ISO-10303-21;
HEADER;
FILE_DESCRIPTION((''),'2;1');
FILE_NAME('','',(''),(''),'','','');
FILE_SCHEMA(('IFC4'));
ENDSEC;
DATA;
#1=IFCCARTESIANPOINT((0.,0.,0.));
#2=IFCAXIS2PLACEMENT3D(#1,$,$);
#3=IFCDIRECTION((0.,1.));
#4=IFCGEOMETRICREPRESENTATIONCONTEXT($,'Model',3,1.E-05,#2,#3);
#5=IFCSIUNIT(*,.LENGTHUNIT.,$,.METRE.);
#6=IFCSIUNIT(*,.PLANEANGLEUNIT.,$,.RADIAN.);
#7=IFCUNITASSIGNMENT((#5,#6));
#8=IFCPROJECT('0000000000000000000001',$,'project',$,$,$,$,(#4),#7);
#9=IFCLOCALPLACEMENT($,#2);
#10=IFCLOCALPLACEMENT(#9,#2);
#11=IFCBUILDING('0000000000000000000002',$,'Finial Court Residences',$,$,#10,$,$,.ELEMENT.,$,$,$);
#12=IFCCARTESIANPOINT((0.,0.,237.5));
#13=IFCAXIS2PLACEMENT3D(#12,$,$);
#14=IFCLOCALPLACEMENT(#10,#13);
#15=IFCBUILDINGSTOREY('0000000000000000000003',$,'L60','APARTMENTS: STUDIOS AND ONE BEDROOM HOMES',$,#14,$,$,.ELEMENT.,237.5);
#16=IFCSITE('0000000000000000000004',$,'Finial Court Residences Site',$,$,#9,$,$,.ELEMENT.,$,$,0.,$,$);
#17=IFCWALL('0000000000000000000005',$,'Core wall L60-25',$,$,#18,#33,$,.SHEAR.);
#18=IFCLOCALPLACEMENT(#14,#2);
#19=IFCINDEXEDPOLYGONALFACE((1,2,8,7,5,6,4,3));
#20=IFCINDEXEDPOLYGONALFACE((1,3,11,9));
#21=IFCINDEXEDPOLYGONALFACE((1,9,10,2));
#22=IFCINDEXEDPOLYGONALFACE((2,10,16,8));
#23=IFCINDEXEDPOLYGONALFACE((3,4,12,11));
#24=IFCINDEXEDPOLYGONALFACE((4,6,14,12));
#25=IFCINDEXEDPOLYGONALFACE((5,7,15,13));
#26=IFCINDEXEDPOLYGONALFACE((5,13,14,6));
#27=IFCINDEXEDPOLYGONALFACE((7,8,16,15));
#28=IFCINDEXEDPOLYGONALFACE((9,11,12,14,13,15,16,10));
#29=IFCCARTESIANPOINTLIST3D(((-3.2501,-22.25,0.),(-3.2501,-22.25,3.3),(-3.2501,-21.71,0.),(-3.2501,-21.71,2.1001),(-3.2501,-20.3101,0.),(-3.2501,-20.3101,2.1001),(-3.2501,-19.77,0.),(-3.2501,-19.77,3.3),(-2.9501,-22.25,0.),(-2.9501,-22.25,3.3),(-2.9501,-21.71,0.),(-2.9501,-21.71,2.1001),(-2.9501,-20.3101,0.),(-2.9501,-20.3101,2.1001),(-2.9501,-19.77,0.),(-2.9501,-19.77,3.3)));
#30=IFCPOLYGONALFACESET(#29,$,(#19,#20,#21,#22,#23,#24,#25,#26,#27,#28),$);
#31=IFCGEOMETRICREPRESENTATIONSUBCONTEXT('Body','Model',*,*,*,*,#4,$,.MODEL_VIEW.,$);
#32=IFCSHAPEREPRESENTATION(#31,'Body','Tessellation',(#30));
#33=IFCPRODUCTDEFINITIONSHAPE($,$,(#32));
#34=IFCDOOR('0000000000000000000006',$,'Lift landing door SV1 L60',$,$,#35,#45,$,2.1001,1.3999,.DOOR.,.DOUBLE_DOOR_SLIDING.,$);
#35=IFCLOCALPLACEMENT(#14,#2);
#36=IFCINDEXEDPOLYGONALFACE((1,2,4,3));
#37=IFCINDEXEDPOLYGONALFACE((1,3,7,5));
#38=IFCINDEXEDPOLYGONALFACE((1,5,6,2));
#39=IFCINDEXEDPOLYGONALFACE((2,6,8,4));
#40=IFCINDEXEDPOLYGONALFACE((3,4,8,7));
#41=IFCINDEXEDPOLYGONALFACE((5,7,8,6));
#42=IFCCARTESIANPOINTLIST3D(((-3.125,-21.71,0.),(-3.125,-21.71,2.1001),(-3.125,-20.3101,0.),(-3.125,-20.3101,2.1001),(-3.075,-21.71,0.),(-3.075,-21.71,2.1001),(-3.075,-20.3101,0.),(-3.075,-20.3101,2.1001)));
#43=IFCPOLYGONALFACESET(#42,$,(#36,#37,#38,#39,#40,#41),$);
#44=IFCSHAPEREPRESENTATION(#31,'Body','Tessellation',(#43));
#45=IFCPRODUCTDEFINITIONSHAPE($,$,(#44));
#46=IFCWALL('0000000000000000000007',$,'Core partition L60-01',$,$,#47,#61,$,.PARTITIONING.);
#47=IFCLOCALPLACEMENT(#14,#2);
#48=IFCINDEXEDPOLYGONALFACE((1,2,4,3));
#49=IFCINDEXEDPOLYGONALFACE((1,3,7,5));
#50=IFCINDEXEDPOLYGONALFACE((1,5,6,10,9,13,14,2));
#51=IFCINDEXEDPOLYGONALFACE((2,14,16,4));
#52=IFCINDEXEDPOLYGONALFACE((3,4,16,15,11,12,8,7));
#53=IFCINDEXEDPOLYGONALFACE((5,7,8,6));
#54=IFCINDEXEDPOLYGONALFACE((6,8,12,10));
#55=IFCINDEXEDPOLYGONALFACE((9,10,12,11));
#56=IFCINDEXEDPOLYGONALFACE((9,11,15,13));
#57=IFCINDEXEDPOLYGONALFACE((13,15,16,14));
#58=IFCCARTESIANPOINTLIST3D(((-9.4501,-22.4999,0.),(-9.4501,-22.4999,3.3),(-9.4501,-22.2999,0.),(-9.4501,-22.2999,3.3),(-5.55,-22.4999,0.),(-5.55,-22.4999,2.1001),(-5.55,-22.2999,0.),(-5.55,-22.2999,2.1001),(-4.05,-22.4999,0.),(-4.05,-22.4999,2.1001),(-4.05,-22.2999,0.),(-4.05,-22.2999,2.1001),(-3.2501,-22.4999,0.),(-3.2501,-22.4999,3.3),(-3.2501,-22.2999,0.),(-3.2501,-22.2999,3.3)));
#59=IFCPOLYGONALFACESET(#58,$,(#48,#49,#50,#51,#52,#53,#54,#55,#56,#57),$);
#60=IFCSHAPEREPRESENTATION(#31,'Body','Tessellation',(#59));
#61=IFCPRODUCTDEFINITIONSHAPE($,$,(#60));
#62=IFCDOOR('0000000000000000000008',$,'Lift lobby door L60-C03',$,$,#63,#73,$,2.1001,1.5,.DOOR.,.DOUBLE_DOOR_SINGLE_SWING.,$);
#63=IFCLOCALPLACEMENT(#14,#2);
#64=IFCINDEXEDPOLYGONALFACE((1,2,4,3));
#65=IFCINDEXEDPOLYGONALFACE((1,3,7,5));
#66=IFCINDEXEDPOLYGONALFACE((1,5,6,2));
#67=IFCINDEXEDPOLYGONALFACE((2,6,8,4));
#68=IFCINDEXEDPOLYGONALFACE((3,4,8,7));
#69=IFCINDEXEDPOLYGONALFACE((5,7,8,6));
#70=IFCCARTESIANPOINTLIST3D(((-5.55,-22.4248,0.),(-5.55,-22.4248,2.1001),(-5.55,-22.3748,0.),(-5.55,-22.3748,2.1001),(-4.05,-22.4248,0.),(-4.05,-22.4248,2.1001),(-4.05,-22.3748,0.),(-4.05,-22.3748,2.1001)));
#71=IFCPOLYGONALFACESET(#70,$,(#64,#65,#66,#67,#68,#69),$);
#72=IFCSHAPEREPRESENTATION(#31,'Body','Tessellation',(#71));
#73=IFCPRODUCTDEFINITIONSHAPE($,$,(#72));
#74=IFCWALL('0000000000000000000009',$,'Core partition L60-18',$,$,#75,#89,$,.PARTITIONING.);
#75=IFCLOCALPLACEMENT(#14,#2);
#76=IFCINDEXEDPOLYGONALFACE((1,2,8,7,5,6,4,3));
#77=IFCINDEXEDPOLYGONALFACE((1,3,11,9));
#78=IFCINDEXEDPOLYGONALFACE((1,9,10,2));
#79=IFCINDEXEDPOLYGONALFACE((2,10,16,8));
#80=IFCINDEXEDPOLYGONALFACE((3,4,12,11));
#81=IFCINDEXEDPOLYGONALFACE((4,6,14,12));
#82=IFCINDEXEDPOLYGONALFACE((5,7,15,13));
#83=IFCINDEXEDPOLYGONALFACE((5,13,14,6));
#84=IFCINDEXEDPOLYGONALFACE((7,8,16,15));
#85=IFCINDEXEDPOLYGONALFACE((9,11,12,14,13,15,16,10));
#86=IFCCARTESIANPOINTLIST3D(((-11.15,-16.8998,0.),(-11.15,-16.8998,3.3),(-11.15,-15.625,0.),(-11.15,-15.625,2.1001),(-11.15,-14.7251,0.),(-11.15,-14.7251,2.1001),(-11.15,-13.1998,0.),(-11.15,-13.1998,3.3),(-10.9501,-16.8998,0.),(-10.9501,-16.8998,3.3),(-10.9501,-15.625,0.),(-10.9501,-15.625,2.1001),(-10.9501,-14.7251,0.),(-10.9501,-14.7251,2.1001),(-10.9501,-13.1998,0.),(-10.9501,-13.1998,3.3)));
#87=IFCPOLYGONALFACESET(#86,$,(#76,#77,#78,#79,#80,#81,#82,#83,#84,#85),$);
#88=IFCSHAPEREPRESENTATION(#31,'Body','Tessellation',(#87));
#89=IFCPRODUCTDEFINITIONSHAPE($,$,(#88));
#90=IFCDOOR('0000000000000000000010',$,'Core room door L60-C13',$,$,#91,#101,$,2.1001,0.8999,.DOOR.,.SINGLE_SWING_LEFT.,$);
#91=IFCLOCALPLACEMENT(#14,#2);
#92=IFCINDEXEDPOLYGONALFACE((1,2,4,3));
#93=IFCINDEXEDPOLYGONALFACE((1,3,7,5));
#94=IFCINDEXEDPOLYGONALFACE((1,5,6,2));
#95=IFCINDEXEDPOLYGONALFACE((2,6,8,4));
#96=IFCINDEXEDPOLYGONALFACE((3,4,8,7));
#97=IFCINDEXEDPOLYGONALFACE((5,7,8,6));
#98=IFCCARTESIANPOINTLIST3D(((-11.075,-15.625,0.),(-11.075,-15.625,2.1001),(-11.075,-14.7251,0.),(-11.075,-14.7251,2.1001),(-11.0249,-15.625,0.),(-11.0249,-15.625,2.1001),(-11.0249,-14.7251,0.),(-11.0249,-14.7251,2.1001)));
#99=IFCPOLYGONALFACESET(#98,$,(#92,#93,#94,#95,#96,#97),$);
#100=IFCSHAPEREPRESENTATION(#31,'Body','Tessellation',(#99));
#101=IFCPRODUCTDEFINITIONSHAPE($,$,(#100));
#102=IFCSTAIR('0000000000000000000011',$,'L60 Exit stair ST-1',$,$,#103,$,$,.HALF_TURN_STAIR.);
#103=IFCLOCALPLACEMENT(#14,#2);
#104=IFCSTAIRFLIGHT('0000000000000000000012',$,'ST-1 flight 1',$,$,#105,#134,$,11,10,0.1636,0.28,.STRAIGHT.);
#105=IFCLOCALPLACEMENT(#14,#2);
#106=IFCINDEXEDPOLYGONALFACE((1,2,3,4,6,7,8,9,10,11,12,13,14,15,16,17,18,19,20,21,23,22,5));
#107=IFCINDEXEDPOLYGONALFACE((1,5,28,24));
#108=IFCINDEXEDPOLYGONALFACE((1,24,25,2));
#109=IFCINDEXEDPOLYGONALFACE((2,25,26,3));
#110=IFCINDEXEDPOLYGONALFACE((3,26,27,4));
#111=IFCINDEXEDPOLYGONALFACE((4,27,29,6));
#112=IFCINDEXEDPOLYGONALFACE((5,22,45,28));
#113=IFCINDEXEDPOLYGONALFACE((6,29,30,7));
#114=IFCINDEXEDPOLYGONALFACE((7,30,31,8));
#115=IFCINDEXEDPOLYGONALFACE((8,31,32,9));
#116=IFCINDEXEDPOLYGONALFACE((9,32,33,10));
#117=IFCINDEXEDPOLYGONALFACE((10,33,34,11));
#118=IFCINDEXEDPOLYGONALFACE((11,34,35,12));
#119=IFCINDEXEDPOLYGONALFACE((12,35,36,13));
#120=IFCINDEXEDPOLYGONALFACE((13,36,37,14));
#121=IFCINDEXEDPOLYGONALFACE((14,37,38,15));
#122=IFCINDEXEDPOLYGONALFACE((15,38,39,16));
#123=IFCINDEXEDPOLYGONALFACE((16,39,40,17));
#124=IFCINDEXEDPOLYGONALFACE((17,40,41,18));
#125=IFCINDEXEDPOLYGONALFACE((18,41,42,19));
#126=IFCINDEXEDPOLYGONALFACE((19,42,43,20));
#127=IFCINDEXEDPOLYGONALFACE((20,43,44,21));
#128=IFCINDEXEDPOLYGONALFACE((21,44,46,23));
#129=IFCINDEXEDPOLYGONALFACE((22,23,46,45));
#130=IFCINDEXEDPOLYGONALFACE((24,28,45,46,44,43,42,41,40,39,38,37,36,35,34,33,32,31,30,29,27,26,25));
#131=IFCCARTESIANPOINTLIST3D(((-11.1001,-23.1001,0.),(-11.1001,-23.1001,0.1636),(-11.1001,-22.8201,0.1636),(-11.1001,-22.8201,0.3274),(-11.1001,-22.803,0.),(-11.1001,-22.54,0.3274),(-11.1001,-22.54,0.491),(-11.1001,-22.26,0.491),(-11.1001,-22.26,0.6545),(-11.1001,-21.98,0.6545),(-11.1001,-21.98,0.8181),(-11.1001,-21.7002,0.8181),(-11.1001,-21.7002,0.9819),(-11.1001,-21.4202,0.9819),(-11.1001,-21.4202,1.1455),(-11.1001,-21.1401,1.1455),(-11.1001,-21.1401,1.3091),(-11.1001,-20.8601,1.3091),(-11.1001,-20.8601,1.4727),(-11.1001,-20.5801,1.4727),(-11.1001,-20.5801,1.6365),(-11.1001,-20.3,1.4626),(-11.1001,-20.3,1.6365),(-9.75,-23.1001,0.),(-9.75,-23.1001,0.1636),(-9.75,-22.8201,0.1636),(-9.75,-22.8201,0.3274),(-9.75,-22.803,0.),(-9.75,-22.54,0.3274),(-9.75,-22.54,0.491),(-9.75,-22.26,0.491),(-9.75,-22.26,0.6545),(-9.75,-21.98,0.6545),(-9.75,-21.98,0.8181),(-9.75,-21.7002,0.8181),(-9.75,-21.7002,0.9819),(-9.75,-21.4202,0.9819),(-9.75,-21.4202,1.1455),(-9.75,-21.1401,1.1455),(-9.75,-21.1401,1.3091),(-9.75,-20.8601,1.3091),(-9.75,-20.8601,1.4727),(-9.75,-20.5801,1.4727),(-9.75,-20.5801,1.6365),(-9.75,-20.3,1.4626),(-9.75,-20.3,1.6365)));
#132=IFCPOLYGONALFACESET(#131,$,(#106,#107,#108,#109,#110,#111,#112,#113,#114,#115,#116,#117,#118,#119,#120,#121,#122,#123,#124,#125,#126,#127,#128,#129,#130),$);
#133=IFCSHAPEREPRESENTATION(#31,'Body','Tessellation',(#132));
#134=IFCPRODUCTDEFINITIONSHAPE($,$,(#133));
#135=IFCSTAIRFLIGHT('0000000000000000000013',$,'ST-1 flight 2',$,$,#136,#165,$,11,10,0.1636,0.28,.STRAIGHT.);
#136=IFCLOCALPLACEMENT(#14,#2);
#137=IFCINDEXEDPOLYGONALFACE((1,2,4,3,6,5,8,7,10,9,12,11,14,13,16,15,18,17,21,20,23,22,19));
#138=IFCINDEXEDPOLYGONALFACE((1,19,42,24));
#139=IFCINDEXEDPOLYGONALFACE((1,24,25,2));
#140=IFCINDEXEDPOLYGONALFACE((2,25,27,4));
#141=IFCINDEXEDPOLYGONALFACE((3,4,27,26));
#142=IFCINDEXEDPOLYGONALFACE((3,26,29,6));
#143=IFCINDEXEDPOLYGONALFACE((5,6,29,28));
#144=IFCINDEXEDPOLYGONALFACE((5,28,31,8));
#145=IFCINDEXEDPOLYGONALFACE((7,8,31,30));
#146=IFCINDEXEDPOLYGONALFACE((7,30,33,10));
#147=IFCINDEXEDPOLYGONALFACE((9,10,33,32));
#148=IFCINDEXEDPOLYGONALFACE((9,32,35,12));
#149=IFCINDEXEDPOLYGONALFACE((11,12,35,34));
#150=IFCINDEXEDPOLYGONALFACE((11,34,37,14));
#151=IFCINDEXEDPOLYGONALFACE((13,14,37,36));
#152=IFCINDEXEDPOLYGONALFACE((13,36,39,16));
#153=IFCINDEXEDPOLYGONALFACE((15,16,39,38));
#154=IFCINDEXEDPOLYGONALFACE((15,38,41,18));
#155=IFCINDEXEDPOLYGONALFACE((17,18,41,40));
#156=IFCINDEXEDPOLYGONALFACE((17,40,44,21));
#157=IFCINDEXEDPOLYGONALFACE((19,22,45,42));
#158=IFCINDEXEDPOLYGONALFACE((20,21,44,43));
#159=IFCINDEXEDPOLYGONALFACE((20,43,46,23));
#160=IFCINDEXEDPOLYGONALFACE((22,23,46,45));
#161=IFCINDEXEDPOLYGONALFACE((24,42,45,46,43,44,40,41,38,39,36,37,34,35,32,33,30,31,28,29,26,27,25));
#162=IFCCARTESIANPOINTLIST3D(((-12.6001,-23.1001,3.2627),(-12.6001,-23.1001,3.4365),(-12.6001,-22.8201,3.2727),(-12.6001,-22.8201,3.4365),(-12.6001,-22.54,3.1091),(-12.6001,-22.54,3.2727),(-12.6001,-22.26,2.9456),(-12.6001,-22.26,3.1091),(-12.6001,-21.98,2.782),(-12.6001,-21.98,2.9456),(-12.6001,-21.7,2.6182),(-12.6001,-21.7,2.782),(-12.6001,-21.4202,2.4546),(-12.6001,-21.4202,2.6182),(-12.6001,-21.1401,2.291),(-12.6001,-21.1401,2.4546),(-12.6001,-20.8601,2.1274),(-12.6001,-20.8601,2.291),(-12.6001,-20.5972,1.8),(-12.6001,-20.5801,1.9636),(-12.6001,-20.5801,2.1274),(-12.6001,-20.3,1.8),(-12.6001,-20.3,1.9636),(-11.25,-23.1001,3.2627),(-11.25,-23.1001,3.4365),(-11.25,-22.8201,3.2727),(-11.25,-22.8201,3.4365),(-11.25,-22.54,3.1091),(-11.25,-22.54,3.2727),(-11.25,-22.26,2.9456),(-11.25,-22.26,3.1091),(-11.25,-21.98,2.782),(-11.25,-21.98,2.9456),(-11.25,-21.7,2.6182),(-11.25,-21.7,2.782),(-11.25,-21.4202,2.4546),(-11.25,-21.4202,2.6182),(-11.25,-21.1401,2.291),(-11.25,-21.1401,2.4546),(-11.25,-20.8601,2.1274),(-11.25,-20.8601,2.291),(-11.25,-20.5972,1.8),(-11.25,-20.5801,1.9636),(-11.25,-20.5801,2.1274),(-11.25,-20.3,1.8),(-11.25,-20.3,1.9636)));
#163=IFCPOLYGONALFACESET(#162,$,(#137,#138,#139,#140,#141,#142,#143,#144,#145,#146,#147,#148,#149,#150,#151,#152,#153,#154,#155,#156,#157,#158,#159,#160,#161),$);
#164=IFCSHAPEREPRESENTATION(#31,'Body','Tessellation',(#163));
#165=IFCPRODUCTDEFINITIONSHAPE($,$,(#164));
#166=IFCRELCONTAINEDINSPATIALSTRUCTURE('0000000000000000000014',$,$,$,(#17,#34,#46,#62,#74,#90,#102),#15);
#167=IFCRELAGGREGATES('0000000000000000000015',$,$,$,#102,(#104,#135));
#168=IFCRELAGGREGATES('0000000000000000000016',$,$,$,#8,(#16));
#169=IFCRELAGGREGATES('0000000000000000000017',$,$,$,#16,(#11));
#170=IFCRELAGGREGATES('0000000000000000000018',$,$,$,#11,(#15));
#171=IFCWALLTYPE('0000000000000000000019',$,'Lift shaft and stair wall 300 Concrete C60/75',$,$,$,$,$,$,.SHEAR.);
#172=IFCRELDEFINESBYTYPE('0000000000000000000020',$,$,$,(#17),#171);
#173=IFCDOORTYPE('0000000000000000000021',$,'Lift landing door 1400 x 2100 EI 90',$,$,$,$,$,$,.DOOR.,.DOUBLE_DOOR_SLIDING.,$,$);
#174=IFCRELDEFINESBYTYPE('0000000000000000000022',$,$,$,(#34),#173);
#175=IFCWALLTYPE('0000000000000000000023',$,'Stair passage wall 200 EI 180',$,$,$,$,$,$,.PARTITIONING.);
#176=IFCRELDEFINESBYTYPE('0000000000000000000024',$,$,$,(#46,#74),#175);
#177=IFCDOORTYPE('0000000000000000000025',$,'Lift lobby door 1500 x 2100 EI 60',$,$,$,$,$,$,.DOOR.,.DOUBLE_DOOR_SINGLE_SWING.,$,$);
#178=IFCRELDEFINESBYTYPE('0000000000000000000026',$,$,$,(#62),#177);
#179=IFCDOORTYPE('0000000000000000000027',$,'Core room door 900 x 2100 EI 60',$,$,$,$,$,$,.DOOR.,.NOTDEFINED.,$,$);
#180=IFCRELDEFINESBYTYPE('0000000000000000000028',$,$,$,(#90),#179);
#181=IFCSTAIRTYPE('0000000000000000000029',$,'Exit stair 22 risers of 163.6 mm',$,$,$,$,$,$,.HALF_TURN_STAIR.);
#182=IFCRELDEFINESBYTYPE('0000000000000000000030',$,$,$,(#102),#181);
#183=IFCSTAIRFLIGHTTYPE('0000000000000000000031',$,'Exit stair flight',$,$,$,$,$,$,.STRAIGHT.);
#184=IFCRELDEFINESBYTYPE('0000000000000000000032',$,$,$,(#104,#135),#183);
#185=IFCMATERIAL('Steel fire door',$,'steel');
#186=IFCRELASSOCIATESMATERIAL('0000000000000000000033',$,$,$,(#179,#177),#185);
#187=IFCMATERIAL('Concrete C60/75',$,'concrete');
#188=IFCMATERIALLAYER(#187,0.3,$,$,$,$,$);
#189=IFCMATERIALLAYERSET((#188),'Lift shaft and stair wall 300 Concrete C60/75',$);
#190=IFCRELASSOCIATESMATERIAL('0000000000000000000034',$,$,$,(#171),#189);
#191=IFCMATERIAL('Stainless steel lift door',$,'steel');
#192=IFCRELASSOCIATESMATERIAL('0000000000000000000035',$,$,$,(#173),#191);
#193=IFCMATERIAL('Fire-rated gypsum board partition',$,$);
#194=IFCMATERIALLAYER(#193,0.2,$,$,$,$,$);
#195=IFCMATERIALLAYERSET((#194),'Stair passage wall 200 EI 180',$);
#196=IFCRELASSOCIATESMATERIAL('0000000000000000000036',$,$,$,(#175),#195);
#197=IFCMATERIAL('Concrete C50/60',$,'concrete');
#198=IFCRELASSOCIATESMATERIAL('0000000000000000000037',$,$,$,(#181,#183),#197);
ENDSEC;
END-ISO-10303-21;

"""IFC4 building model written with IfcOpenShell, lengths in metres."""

from ifc_helpers import new_model, si_unit, direction, frame, frame_2d, origin, place, context, subcontext, project, spatial, polyline, rectangle, outline, extrude, material, layer, layer_set, type_object, element, fill, aggregate, save


model = new_model("IFC4")

# Units and contexts
model_context = context("Model", 3, precision=1e-05, world=origin(), true_north=direction((0.0, 1.0)))
body_context = subcontext(model_context, "Body", "Model", "MODEL_VIEW")
ifc_project = project(units=[si_unit("LENGTHUNIT", "METRE"), si_unit("PLANEANGLEUNIT", "RADIAN")], contexts=[model_context])

# Site, building, storey
site_placement = place(None, origin())
site = spatial("IfcSite", under=ifc_project, at=site_placement, Name="Finial Court Residences Site", CompositionType="ELEMENT", RefElevation=0.0)
building_placement = place(site_placement, origin())
building = spatial("IfcBuilding", under=site, at=building_placement, Name="Finial Court Residences", CompositionType="ELEMENT")
storey_placement = place(building_placement, frame((0.0, 0.0, 237.5)))
storey = spatial("IfcBuildingStorey", under=building, at=storey_placement, Name="L60", Description="APARTMENTS: STUDIOS AND ONE BEDROOM HOMES", CompositionType="ELEMENT", Elevation=237.5)

# Shared definitions
ifc_material_1 = material(Name="Concrete C60/75", Category="concrete")

# Shared definitions
ifc_material_2 = material(Name="Fire-rated gypsum board partition")
ifc_material_3 = material(Name="Steel fire door", Category="steel")
door_type_1 = type_object("IfcDoorType", Name="Core room door 900 x 2100 EI 60", OperationType="NOTDEFINED", PredefinedType="DOOR", material=ifc_material_3)

# Shared definitions
ifc_layer_1 = layer(ifc_material_1, 0.3)
ifc_layer_set_1 = layer_set([ifc_layer_1], Name="Lift shaft and stair wall 300 Concrete C60/75")
wall_type_1 = type_object("IfcWallType", Name="Lift shaft and stair wall 300 Concrete C60/75", PredefinedType="SHEAR", material=ifc_layer_set_1)

# Walls, openings, doors
wall_1_placement = place(storey_placement, frame((-3.1001, -22.25, 0.0), z_axis=(0.0, 0.0, 1.0), x_axis=(0.0, 1.0, 0.0)))
wall_1 = element("IfcWall", 1, at=wall_1_placement, inside=storey, type_object=wall_type_1, Name="Core wall L60-25", PredefinedType="SHEAR", context=body_context, shape_type="SweptSolid", body=[
    extrude(rectangle(XDim=2.48, YDim=0.3, at=frame_2d((1.24, 0.0))), origin(), (0.0, 0.0, 1.0), 3.3),
])
opening_1_placement = place(wall_1_placement, frame((0.54, 0.0, 0.0)))
opening_1 = element("IfcOpeningElement", 2, at=opening_1_placement, cuts=wall_1, PredefinedType="OPENING", context=body_context, shape_type="SweptSolid", body=[
    extrude(rectangle(XDim=1.3999, YDim=2.1001, at=frame_2d((0.7, 1.05))), frame((0.0, 0.1599, 0.0), z_axis=(0.0, -1.0, 0.0), x_axis=(1.0, 0.0, 0.0)), (0.0, 0.0, 1.0), 0.3201),
])
ifc_material_4 = material(Name="Stainless steel lift door", Category="steel")
door_type_2 = type_object("IfcDoorType", Name="Lift landing door 1400 x 2100 EI 90", OperationType="DOUBLE_DOOR_SLIDING", PredefinedType="DOOR", material=ifc_material_4)
door_1_placement = place(opening_1_placement, origin())
door_1 = element("IfcDoor", 3, at=door_1_placement, inside=storey, type_object=door_type_2, Name="Lift landing door SV1 L60", OperationType="DOUBLE_DOOR_SLIDING", OverallHeight=2.1001, OverallWidth=1.3999, PredefinedType="DOOR", context=body_context, shape_type="SweptSolid", body=[
    extrude(rectangle(XDim=1.3999, YDim=2.1001, at=frame_2d((0.7, 1.05))), frame((0.0, 0.0249, 0.0), z_axis=(0.0, -1.0, 0.0), x_axis=(1.0, 0.0, 0.0)), (0.0, 0.0, 1.0), 0.05),
])
fill(opening_1, door_1)
ifc_layer_2 = layer(ifc_material_2, 0.2)
ifc_layer_set_2 = layer_set([ifc_layer_2], Name="Stair passage wall 200 EI 180")
wall_type_2 = type_object("IfcWallType", Name="Stair passage wall 200 EI 180", PredefinedType="PARTITIONING", material=ifc_layer_set_2)
wall_2_placement = place(storey_placement, frame((-3.25, -22.3999, 0.0), z_axis=(0.0, 0.0, 1.0), x_axis=(-1.0, 0.0, 0.0)))
wall_2 = element("IfcWall", 4, at=wall_2_placement, inside=storey, type_object=wall_type_2, Name="Core partition L60-01", PredefinedType="PARTITIONING", context=body_context, shape_type="SweptSolid", body=[
    extrude(rectangle(XDim=6.2, YDim=0.2, at=frame_2d((3.1001, 0.0))), origin(), (0.0, 0.0, 1.0), 3.3),
])
opening_2_placement = place(wall_2_placement, frame((0.8, 0.0, 0.0)))
opening_2 = element("IfcOpeningElement", 5, at=opening_2_placement, cuts=wall_2, PredefinedType="OPENING", context=body_context, shape_type="SweptSolid", body=[
    extrude(rectangle(XDim=1.5, YDim=2.1001, at=frame_2d((0.75, 1.05))), frame((0.0, 0.1099, 0.0), z_axis=(0.0, -1.0, 0.0), x_axis=(1.0, 0.0, 0.0)), (0.0, 0.0, 1.0), 0.22),
])
door_type_3 = type_object("IfcDoorType", Name="Lift lobby door 1500 x 2100 EI 60", OperationType="DOUBLE_DOOR_SINGLE_SWING", PredefinedType="DOOR", material=ifc_material_3)
door_2_placement = place(opening_2_placement, origin())
door_2 = element("IfcDoor", 6, at=door_2_placement, inside=storey, type_object=door_type_3, Name="Lift lobby door L60-C03", OperationType="DOUBLE_DOOR_SINGLE_SWING", OverallHeight=2.1001, OverallWidth=1.5, PredefinedType="DOOR", context=body_context, shape_type="SweptSolid", body=[
    extrude(rectangle(XDim=1.5, YDim=2.1001, at=frame_2d((0.75, 1.05))), frame((0.0, 0.0249, 0.0), z_axis=(0.0, -1.0, 0.0), x_axis=(1.0, 0.0, 0.0)), (0.0, 0.0, 1.0), 0.05),
])
fill(opening_2, door_2)
wall_3_placement = place(storey_placement, frame((-11.05, -16.8999, 0.0), z_axis=(0.0, 0.0, 1.0), x_axis=(0.0, 1.0, 0.0)))
wall_3 = element("IfcWall", 7, at=wall_3_placement, inside=storey, type_object=wall_type_2, Name="Core partition L60-18", PredefinedType="PARTITIONING", context=body_context, shape_type="SweptSolid", body=[
    extrude(rectangle(XDim=3.7, YDim=0.2, at=frame_2d((1.8501, 0.0))), origin(), (0.0, 0.0, 1.0), 3.3),
])
opening_3_placement = place(wall_3_placement, frame((1.2749, 0.0, 0.0)))
opening_3 = element("IfcOpeningElement", 8, at=opening_3_placement, cuts=wall_3, PredefinedType="OPENING", context=body_context, shape_type="SweptSolid", body=[
    extrude(rectangle(XDim=0.8999, YDim=2.1001, at=frame_2d((0.45, 1.05))), frame((0.0, 0.1099, 0.0), z_axis=(0.0, -1.0, 0.0), x_axis=(1.0, 0.0, 0.0)), (0.0, 0.0, 1.0), 0.22),
])
door_3_placement = place(opening_3_placement, origin())
door_3 = element("IfcDoor", 9, at=door_3_placement, inside=storey, type_object=door_type_1, Name="Core room door L60-C13", OperationType="SINGLE_SWING_LEFT", OverallHeight=2.1001, OverallWidth=0.8999, PredefinedType="DOOR", context=body_context, shape_type="SweptSolid", body=[
    extrude(rectangle(XDim=0.8999, YDim=2.1001, at=frame_2d((0.45, 1.05))), frame((0.0, 0.0249, 0.0), z_axis=(0.0, -1.0, 0.0), x_axis=(1.0, 0.0, 0.0)), (0.0, 0.0, 1.0), 0.05),
])
fill(opening_3, door_3)

# Stair, stair flights
ifc_material_5 = material(Name="Concrete C50/60", Category="concrete")
stair_type = type_object("IfcStairType", Name="Exit stair 22 risers of 163.6 mm", PredefinedType="HALF_TURN_STAIR", material=ifc_material_5)
stair_placement = place(storey_placement, origin())
stair = element("IfcStair", 10, at=stair_placement, inside=storey, type_object=stair_type, Name="L60 Exit stair ST-1", PredefinedType="HALF_TURN_STAIR")
stair_flight_type = type_object("IfcStairFlightType", Name="Exit stair flight", PredefinedType="STRAIGHT", material=ifc_material_5)
stair_flight_1_placement = place(storey_placement, frame((-10.425, -23.1001, 0.0), z_axis=(0.0, 0.0, 1.0), x_axis=(0.0, 1.0, 0.0)))
stair_flight_1 = element("IfcStairFlight", 11, at=stair_flight_1_placement, type_object=stair_flight_type, Name="ST-1 flight 1", NumberOfRisers=11, NumberOfTreads=10, PredefinedType="STRAIGHT", RiserHeight=0.1636, TreadLength=0.28, context=body_context, shape_type="SweptSolid", body=[
    extrude(outline(polyline([(0.0, 0.0), (0.0, 0.1636), (0.28, 0.1636), (0.28, 0.3274), (0.5601, 0.3274), (0.5601, 0.491), (0.8401, 0.491), (0.8401, 0.6545), (1.1201, 0.6545), (1.1201, 0.8181), (1.3999, 0.8181), (1.3999, 0.9819), (1.6799, 0.9819), (1.6799, 1.1455), (1.96, 1.1455), (1.96, 1.3091), (2.24, 1.3091), (2.24, 1.4727), (2.52, 1.4727), (2.52, 1.6365), (2.8, 1.6365), (2.8, 1.8), (2.8, 1.4626), (0.2971, 0.0), (0.0, 0.0)])), frame((0.0, 0.675, 0.0), z_axis=(0.0, -1.0, 0.0), x_axis=(1.0, 0.0, 0.0)), (0.0, 0.0, 1.0), 1.3501),
])
stair_flight_2_placement = place(storey_placement, frame((-11.925, -20.3, 1.8), z_axis=(0.0, 0.0, 1.0), x_axis=(0.0, -1.0, 0.0)))
stair_flight_2 = element("IfcStairFlight", 12, at=stair_flight_2_placement, type_object=stair_flight_type, Name="ST-1 flight 2", NumberOfRisers=11, NumberOfTreads=10, PredefinedType="STRAIGHT", RiserHeight=0.1636, TreadLength=0.28, context=body_context, shape_type="SweptSolid", body=[
    extrude(outline(polyline([(0.0, 0.0), (0.0, 0.1636), (0.28, 0.1636), (0.28, 0.3274), (0.5601, 0.3274), (0.5601, 0.491), (0.8401, 0.491), (0.8401, 0.6545), (1.1201, 0.6545), (1.1201, 0.8181), (1.3999, 0.8181), (1.3999, 0.9819), (1.6799, 0.9819), (1.6799, 1.1455), (1.96, 1.1455), (1.96, 1.3091), (2.24, 1.3091), (2.24, 1.4727), (2.52, 1.4727), (2.52, 1.6365), (2.8, 1.6365), (2.8, 1.8), (2.8, 1.4626), (0.2971, 0.0), (0.0, 0.0)])), frame((0.0, 0.675, 0.0), z_axis=(0.0, -1.0, 0.0), x_axis=(1.0, 0.0, 0.0)), (0.0, 0.0, 1.0), 1.3501),
])
aggregate(stair, [stair_flight_1, stair_flight_2])

save(model, "model.ifc")
